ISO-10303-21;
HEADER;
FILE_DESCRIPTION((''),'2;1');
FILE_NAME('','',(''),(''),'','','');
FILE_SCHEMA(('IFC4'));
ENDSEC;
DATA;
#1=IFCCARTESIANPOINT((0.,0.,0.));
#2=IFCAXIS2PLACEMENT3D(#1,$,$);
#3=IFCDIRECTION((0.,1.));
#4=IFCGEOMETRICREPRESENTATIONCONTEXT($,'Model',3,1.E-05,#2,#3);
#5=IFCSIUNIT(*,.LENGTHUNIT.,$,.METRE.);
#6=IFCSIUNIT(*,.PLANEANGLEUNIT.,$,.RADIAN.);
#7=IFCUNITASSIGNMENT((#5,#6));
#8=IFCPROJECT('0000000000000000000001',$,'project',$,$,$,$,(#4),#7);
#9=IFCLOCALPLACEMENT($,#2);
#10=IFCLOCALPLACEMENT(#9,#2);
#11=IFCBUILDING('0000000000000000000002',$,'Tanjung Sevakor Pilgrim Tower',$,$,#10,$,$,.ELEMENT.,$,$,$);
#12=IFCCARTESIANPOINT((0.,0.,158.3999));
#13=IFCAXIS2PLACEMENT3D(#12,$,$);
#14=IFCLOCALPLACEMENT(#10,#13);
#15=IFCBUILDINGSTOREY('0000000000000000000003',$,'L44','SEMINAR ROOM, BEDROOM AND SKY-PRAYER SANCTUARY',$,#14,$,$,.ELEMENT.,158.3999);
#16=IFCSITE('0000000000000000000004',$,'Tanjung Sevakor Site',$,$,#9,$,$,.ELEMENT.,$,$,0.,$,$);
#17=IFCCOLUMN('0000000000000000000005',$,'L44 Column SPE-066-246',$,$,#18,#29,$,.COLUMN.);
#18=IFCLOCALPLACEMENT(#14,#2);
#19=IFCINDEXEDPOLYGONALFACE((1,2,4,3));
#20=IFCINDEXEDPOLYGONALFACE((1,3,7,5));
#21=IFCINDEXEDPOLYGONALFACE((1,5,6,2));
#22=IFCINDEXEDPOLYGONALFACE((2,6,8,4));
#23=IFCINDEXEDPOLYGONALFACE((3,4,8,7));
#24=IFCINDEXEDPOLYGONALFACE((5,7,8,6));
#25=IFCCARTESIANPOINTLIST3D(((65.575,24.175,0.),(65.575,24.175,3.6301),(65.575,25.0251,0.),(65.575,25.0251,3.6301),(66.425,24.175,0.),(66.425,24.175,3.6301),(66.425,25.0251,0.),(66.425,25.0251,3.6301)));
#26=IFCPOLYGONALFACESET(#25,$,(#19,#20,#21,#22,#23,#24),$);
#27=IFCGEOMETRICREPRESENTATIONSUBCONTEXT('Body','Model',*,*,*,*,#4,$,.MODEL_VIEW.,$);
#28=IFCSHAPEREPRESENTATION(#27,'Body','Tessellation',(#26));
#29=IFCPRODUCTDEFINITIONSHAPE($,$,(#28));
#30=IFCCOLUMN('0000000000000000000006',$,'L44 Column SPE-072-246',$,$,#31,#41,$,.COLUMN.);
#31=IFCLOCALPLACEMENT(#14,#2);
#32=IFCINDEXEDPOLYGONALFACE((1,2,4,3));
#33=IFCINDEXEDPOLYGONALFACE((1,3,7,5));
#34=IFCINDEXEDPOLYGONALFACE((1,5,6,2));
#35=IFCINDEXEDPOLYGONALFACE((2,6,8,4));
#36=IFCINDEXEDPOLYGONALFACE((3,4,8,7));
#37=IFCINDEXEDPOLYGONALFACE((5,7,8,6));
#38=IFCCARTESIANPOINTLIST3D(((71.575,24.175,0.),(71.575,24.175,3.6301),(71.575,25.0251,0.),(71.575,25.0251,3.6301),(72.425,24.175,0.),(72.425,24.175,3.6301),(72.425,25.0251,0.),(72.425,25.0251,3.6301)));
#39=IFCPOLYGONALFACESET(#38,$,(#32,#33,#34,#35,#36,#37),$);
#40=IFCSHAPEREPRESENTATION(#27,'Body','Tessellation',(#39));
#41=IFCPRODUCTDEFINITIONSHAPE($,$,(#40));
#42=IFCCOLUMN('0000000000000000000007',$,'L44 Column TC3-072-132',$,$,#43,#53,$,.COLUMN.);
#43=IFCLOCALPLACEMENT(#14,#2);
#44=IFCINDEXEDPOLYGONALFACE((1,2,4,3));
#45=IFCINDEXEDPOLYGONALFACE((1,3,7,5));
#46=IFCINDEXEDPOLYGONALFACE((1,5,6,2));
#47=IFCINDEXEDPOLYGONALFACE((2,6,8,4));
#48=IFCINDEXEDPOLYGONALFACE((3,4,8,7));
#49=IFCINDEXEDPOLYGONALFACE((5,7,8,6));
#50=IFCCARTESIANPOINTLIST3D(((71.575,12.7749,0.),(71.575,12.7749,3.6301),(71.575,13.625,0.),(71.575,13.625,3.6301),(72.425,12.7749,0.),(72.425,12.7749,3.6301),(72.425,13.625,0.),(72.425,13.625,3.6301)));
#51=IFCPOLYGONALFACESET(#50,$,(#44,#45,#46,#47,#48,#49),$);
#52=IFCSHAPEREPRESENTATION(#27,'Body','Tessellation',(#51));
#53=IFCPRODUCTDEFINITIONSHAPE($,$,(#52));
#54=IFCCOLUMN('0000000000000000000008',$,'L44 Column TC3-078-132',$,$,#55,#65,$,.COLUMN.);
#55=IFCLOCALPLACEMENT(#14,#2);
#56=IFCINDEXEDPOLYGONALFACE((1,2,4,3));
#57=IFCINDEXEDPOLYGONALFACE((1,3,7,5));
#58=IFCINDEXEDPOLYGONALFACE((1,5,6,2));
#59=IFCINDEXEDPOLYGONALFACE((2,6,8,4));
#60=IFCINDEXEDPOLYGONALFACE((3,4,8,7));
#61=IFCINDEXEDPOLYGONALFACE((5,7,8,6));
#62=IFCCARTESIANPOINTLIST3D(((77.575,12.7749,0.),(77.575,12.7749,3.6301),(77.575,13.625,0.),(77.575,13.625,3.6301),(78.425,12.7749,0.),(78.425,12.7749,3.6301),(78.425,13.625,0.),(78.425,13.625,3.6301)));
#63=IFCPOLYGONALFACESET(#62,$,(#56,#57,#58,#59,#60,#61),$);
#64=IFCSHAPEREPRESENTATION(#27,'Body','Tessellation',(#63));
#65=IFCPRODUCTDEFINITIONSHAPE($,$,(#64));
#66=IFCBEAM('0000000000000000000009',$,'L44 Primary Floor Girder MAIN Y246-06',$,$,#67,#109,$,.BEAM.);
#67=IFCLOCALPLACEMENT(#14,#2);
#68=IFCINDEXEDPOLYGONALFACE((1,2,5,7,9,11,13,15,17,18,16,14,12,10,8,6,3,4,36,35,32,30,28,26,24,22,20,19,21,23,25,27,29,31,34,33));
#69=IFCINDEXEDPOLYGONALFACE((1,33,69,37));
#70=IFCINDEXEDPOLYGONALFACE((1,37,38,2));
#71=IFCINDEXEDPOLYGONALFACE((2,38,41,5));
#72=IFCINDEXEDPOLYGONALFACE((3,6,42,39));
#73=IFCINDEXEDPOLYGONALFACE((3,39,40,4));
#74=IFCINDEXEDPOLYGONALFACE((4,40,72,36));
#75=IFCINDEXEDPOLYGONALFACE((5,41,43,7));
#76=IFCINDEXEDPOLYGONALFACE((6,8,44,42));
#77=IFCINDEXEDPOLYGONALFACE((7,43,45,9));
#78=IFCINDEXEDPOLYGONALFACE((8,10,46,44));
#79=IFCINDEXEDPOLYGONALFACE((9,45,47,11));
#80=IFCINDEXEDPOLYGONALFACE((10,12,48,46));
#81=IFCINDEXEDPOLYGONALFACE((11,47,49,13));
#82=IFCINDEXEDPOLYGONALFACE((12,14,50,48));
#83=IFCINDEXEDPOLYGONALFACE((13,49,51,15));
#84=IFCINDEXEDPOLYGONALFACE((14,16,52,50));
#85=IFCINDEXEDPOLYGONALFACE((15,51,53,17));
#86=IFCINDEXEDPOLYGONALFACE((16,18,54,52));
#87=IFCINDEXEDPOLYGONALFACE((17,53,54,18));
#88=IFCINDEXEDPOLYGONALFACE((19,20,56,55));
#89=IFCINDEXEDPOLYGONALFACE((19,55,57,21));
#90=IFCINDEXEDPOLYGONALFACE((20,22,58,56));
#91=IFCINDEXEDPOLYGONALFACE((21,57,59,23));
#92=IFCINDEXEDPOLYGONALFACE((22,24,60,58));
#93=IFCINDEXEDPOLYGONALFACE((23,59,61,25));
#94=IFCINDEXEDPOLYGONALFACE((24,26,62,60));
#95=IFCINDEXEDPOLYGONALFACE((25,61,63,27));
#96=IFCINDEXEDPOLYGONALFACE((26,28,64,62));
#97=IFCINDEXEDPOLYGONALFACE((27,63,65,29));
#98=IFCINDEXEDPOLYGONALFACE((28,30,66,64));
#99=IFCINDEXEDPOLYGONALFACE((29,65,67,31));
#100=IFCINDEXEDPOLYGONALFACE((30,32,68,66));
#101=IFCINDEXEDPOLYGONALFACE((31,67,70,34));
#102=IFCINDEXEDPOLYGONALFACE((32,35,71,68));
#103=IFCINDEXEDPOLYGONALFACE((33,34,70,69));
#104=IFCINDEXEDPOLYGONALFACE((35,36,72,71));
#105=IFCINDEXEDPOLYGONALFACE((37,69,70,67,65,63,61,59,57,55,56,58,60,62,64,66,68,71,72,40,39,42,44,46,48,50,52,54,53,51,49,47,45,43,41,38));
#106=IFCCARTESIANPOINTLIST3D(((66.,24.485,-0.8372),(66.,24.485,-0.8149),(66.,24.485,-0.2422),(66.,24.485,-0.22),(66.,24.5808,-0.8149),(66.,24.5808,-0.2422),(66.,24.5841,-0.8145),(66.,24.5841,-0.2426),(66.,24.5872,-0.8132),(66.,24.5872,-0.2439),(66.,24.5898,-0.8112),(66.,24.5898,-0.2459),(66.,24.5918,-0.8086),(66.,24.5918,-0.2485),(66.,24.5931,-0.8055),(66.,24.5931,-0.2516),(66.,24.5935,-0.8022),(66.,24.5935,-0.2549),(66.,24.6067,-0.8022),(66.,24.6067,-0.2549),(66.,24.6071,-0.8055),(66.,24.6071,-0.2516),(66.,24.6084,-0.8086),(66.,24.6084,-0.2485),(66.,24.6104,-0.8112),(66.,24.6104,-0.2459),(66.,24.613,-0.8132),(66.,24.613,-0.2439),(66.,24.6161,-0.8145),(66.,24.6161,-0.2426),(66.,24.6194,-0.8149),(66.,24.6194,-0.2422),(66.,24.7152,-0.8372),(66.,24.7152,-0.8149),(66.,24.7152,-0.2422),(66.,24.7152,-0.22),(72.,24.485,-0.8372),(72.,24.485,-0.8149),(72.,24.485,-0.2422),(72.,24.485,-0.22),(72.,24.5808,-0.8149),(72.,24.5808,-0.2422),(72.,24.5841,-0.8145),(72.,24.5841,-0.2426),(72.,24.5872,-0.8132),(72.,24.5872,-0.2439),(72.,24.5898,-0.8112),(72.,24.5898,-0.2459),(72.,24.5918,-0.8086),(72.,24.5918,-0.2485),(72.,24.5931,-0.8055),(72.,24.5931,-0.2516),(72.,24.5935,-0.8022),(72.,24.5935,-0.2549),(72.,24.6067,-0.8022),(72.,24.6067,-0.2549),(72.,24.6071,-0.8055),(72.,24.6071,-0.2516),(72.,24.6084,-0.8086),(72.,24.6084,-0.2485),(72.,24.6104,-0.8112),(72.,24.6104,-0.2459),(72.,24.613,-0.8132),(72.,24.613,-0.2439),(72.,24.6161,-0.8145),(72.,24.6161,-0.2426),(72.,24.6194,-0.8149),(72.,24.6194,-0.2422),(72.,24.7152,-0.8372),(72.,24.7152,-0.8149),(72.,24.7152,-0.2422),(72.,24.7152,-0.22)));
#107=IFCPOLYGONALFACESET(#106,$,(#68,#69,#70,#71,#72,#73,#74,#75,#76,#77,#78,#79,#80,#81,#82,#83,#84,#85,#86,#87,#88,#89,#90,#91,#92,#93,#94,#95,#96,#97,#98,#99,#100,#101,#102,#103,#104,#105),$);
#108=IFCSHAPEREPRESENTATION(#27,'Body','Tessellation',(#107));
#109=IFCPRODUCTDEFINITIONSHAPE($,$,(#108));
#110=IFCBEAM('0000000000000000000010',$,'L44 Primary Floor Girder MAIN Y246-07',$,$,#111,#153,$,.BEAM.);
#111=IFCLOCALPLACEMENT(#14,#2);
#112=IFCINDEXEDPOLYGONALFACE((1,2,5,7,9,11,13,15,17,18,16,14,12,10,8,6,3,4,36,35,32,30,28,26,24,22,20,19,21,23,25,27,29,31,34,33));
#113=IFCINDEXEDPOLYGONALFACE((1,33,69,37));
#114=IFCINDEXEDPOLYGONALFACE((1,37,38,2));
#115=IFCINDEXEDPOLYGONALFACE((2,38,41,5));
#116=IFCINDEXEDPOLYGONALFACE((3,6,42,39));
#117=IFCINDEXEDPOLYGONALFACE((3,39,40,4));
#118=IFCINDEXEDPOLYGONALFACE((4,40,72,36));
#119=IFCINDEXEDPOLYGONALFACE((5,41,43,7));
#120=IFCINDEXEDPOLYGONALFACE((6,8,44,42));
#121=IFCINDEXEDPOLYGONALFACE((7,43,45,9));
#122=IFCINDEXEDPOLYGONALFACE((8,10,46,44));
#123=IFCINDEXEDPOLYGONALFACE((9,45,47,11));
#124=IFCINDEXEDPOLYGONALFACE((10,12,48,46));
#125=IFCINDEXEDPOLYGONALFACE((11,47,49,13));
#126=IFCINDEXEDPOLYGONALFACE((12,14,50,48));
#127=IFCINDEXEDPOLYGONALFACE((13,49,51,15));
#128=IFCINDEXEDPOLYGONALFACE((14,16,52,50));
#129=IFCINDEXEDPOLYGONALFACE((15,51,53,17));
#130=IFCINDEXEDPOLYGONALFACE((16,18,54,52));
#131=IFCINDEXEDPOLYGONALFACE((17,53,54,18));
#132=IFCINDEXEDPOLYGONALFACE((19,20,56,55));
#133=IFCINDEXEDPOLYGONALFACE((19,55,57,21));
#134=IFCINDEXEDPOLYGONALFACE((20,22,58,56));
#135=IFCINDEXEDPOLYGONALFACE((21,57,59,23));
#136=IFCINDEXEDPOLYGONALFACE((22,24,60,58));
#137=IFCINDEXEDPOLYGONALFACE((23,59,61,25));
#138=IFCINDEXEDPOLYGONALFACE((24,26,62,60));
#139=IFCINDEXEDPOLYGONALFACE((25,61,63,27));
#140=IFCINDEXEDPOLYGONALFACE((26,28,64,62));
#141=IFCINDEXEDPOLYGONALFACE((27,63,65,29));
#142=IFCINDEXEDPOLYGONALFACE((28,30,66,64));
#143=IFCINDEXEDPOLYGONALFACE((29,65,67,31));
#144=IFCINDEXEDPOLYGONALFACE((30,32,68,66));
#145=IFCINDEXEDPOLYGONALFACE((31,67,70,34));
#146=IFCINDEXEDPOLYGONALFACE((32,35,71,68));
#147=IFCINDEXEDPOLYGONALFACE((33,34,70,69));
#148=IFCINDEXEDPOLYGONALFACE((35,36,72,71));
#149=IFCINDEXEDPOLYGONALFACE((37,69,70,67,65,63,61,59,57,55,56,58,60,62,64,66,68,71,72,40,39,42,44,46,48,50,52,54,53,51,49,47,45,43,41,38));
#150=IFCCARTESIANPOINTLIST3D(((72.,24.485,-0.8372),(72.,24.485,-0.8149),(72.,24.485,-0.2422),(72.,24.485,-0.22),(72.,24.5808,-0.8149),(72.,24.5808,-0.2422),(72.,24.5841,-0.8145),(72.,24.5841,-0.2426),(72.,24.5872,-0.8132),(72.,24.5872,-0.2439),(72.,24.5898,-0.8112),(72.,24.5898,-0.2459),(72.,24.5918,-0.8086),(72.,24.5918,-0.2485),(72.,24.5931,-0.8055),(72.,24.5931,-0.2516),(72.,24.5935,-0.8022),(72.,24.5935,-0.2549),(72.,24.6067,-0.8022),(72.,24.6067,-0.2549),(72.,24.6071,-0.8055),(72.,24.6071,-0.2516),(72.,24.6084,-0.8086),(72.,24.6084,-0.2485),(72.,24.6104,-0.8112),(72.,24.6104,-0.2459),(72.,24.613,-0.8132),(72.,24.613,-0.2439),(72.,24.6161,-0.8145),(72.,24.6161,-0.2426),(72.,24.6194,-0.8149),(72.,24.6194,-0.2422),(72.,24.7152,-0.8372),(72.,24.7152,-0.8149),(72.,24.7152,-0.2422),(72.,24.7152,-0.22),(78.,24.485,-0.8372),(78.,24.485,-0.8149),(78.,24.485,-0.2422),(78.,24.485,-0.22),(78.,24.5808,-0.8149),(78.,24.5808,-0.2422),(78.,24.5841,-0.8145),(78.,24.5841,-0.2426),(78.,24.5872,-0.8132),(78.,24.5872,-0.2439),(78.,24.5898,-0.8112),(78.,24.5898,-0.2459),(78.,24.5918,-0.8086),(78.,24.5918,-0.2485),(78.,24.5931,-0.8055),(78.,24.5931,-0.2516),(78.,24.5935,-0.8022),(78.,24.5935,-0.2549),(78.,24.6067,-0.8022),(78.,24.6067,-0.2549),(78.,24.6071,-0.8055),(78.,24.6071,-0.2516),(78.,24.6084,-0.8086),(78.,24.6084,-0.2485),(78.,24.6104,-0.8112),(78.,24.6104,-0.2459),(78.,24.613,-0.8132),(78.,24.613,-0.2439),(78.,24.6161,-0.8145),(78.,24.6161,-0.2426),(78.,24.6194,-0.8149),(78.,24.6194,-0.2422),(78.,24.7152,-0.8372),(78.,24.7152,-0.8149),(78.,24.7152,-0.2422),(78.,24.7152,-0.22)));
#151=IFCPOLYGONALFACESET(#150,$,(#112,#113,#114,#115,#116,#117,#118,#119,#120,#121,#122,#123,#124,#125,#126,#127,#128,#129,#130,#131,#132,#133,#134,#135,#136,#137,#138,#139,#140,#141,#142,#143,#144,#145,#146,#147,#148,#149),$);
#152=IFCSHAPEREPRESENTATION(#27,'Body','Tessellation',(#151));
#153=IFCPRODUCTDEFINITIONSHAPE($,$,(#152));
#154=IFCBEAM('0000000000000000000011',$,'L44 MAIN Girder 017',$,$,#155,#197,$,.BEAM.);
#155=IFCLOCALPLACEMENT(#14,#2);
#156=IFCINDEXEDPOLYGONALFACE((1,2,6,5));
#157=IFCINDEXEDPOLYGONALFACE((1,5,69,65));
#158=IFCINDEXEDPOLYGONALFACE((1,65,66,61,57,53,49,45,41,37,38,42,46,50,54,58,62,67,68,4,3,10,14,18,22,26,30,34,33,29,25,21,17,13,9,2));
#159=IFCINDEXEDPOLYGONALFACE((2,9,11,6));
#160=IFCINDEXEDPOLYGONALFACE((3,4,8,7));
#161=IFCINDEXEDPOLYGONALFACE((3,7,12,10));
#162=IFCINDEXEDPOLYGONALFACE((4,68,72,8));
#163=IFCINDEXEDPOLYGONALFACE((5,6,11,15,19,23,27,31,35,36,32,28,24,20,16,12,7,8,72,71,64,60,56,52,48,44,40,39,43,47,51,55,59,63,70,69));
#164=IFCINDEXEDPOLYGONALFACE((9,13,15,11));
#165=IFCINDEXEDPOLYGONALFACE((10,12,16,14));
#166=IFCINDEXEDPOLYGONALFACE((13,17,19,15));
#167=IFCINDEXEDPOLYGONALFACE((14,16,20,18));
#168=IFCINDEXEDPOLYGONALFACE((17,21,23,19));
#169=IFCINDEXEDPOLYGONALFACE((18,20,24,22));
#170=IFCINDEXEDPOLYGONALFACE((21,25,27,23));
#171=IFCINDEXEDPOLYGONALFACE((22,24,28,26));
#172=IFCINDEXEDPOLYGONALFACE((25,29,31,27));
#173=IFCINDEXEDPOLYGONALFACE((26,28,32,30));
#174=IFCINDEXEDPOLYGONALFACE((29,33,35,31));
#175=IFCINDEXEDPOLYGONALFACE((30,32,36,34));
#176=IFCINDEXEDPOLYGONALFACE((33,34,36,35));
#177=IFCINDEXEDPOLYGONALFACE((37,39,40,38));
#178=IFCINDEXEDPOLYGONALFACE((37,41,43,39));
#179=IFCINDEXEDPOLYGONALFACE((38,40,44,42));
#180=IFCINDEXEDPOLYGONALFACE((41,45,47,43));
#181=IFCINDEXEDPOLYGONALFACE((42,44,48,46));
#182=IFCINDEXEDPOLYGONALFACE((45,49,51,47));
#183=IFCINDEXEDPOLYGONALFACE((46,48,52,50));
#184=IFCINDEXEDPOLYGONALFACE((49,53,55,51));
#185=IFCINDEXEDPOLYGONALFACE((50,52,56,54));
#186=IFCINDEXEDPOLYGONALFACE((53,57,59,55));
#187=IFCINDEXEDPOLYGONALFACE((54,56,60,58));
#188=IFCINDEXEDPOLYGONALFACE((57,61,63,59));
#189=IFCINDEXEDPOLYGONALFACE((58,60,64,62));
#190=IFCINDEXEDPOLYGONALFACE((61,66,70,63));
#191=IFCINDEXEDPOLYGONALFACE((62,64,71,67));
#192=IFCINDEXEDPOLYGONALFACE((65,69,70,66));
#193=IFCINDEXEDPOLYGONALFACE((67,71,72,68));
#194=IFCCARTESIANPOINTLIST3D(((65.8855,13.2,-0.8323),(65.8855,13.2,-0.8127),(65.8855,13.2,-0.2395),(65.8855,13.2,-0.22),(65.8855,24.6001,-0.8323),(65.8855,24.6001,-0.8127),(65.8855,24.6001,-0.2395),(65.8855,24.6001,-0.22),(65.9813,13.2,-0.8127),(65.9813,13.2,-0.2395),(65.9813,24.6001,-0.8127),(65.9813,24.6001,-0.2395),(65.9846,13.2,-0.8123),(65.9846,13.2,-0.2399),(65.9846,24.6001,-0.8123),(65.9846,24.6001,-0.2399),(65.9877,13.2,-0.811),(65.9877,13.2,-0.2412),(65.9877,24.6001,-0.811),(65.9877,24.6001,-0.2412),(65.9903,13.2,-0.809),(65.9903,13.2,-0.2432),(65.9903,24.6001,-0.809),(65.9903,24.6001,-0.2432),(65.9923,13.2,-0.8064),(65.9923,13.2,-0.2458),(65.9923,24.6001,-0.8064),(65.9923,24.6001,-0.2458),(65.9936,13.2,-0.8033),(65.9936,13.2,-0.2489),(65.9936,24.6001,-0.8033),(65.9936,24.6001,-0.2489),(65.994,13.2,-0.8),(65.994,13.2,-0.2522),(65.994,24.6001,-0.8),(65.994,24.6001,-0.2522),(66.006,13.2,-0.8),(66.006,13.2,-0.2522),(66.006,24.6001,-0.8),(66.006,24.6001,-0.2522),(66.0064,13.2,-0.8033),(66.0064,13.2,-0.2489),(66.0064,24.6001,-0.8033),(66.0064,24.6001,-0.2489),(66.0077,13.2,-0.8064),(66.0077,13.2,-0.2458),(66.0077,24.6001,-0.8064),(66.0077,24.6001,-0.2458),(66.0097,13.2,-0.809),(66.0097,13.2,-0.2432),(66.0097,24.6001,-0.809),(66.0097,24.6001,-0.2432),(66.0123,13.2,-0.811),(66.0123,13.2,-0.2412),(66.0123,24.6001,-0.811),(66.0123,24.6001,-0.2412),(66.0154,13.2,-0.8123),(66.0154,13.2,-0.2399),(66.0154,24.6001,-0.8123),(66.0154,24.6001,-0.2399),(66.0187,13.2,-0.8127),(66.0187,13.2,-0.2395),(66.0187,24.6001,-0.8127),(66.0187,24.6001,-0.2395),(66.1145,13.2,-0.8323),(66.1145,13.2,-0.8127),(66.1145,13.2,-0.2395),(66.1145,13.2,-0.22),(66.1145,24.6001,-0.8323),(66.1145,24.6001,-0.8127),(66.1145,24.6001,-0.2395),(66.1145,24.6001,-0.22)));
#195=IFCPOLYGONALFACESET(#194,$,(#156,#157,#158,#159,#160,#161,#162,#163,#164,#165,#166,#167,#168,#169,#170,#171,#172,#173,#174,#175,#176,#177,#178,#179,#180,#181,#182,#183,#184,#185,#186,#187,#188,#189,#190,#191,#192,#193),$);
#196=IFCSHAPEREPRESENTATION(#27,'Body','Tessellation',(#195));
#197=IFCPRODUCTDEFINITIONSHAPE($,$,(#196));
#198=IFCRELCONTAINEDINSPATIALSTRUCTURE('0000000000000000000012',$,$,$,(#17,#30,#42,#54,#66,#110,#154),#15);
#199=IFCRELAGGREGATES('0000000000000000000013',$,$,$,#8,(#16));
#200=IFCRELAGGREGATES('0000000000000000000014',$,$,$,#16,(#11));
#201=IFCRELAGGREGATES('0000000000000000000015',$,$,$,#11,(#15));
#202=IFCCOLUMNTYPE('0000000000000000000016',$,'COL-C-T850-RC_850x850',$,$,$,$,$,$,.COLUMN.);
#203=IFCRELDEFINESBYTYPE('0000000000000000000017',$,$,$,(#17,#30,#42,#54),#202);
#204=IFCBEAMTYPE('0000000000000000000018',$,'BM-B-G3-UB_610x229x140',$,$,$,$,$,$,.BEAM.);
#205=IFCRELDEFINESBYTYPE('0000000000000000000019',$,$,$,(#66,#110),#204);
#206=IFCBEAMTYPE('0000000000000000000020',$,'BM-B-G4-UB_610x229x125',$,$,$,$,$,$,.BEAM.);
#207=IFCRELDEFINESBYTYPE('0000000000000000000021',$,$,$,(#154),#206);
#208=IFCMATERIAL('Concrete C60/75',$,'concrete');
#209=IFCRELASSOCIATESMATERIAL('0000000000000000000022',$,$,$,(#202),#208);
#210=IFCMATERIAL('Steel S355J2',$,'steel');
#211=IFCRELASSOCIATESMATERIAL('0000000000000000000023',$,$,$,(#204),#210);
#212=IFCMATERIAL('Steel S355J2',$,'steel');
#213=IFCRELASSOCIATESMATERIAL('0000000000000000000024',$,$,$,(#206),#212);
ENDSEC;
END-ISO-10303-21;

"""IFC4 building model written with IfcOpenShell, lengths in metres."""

from ifc_helpers import new_model, si_unit, direction, frame, origin, origin_2d, place, context, subcontext, project, spatial, rectangle, i_section, extrude, material, material_profile, profile_set, type_object, element, save


model = new_model("IFC4")

# Units and contexts
model_context = context("Model", 3, precision=1e-05, world=origin(), true_north=direction((0.0, 1.0)))
body_context = subcontext(model_context, "Body", "Model", "MODEL_VIEW")
ifc_project = project(units=[si_unit("LENGTHUNIT", "METRE"), si_unit("PLANEANGLEUNIT", "RADIAN")], contexts=[model_context])

# Site, building, storey
site_placement = place(None, origin())
site = spatial("IfcSite", under=ifc_project, at=site_placement, Name="Tanjung Sevakor Site", CompositionType="ELEMENT", RefElevation=0.0)
building_placement = place(site_placement, origin())
building = spatial("IfcBuilding", under=site, at=building_placement, Name="Tanjung Sevakor Pilgrim Tower", CompositionType="ELEMENT")
storey_placement = place(building_placement, frame((0.0, 0.0, 158.3999)))
storey = spatial("IfcBuildingStorey", under=building, at=storey_placement, Name="L44", Description="SEMINAR ROOM, BEDROOM AND SKY-PRAYER SANCTUARY", CompositionType="ELEMENT", Elevation=158.3999)

# Columns
ifc_material_1 = material(Name="Concrete C60/75", Category="concrete")
ifc_material_profile_1 = material_profile(ifc_material_1, rectangle(XDim=0.8501, YDim=0.8501, at=origin_2d()))
ifc_profile_set_1 = profile_set([ifc_material_profile_1], Name="Concrete C60/75")
column_type = type_object("IfcColumnType", Name="COL-C-T850-RC_850x850", PredefinedType="COLUMN", material=ifc_profile_set_1)
for number, where, z_axis, x_axis, name in (
    (1, (66.0, 24.6001, 0.0), (0.0, 0.0, 1.0), (1.0, 0.0, 0.0), "L44 Column SPE-066-246"),
    (2, (72.0, 24.6001, 0.0), (0.0, 0.0, 1.0), (1.0, 0.0, 0.0), "L44 Column SPE-072-246"),
    (3, (72.0, 13.2, 0.0), (0.0, 0.0, 1.0), (1.0, 0.0, 0.0), "L44 Column TC3-072-132"),
    (4, (78.0, 13.2, 0.0), (0.0, 0.0, 1.0), (1.0, 0.0, 0.0), "L44 Column TC3-078-132"),
):
    element("IfcColumn", number, at=place(storey_placement, frame(where, z_axis=z_axis, x_axis=x_axis)), inside=storey, type_object=column_type, Name=name, PredefinedType="COLUMN", context=body_context, shape_type="SweptSolid", body=[
        extrude(rectangle(XDim=0.8501, YDim=0.8501, at=origin_2d()), origin(), (0.0, 0.0, 1.0), 3.6301),
    ])

# Beams
ifc_material_2 = material(Name="Steel S355J2", Category="steel")
ifc_material_profile_2 = material_profile(ifc_material_2, i_section(OverallWidth=0.2302, OverallDepth=0.6172, WebThickness=0.0132, FlangeThickness=0.0222, FilletRadius=0.0127, at=origin_2d()))
ifc_profile_set_2 = profile_set([ifc_material_profile_2], Name="Steel S355J2")
beam_type_1 = type_object("IfcBeamType", Name="BM-B-G3-UB_610x229x140", PredefinedType="BEAM", material=ifc_profile_set_2)
for number, where, z_axis, x_axis, name in (
    (5, (66.0, 24.6001, -0.5286), (1.0, 0.0, 0.0), (0.0, 1.0, 0.0), "L44 Primary Floor Girder MAIN Y246-06"),
    (6, (72.0, 24.6001, -0.5286), (1.0, 0.0, 0.0), (0.0, 1.0, 0.0), "L44 Primary Floor Girder MAIN Y246-07"),
):
    element("IfcBeam", number, at=place(storey_placement, frame(where, z_axis=z_axis, x_axis=x_axis)), inside=storey, type_object=beam_type_1, Name=name, PredefinedType="BEAM", context=body_context, shape_type="SweptSolid", body=[
        extrude(i_section(OverallWidth=0.2302, OverallDepth=0.6172, WebThickness=0.0132, FlangeThickness=0.0222, FilletRadius=0.0127, at=origin_2d()), origin(), (0.0, 0.0, 1.0), 6.0),
    ])
ifc_material_3 = material(Name="Steel S355J2", Category="steel")
ifc_material_profile_3 = material_profile(ifc_material_3, i_section(OverallWidth=0.229, OverallDepth=0.6123, WebThickness=0.012, FlangeThickness=0.0195, FilletRadius=0.0127, at=origin_2d()))
ifc_profile_set_3 = profile_set([ifc_material_profile_3], Name="Steel S355J2")
beam_type_2 = type_object("IfcBeamType", Name="BM-B-G4-UB_610x229x125", PredefinedType="BEAM", material=ifc_profile_set_3)
beam_1_placement = place(storey_placement, frame((66.0, 13.2, -0.5261), z_axis=(0.0, 1.0, 0.0), x_axis=(-1.0, 0.0, 0.0)))
element("IfcBeam", 7, at=beam_1_placement, inside=storey, type_object=beam_type_2, Name="L44 MAIN Girder 017", PredefinedType="BEAM", context=body_context, shape_type="SweptSolid", body=[
    extrude(i_section(OverallWidth=0.229, OverallDepth=0.6123, WebThickness=0.012, FlangeThickness=0.0195, FilletRadius=0.0127, at=origin_2d()), origin(), (0.0, 0.0, 1.0), 11.4001),
])

save(model, "model.ifc")
